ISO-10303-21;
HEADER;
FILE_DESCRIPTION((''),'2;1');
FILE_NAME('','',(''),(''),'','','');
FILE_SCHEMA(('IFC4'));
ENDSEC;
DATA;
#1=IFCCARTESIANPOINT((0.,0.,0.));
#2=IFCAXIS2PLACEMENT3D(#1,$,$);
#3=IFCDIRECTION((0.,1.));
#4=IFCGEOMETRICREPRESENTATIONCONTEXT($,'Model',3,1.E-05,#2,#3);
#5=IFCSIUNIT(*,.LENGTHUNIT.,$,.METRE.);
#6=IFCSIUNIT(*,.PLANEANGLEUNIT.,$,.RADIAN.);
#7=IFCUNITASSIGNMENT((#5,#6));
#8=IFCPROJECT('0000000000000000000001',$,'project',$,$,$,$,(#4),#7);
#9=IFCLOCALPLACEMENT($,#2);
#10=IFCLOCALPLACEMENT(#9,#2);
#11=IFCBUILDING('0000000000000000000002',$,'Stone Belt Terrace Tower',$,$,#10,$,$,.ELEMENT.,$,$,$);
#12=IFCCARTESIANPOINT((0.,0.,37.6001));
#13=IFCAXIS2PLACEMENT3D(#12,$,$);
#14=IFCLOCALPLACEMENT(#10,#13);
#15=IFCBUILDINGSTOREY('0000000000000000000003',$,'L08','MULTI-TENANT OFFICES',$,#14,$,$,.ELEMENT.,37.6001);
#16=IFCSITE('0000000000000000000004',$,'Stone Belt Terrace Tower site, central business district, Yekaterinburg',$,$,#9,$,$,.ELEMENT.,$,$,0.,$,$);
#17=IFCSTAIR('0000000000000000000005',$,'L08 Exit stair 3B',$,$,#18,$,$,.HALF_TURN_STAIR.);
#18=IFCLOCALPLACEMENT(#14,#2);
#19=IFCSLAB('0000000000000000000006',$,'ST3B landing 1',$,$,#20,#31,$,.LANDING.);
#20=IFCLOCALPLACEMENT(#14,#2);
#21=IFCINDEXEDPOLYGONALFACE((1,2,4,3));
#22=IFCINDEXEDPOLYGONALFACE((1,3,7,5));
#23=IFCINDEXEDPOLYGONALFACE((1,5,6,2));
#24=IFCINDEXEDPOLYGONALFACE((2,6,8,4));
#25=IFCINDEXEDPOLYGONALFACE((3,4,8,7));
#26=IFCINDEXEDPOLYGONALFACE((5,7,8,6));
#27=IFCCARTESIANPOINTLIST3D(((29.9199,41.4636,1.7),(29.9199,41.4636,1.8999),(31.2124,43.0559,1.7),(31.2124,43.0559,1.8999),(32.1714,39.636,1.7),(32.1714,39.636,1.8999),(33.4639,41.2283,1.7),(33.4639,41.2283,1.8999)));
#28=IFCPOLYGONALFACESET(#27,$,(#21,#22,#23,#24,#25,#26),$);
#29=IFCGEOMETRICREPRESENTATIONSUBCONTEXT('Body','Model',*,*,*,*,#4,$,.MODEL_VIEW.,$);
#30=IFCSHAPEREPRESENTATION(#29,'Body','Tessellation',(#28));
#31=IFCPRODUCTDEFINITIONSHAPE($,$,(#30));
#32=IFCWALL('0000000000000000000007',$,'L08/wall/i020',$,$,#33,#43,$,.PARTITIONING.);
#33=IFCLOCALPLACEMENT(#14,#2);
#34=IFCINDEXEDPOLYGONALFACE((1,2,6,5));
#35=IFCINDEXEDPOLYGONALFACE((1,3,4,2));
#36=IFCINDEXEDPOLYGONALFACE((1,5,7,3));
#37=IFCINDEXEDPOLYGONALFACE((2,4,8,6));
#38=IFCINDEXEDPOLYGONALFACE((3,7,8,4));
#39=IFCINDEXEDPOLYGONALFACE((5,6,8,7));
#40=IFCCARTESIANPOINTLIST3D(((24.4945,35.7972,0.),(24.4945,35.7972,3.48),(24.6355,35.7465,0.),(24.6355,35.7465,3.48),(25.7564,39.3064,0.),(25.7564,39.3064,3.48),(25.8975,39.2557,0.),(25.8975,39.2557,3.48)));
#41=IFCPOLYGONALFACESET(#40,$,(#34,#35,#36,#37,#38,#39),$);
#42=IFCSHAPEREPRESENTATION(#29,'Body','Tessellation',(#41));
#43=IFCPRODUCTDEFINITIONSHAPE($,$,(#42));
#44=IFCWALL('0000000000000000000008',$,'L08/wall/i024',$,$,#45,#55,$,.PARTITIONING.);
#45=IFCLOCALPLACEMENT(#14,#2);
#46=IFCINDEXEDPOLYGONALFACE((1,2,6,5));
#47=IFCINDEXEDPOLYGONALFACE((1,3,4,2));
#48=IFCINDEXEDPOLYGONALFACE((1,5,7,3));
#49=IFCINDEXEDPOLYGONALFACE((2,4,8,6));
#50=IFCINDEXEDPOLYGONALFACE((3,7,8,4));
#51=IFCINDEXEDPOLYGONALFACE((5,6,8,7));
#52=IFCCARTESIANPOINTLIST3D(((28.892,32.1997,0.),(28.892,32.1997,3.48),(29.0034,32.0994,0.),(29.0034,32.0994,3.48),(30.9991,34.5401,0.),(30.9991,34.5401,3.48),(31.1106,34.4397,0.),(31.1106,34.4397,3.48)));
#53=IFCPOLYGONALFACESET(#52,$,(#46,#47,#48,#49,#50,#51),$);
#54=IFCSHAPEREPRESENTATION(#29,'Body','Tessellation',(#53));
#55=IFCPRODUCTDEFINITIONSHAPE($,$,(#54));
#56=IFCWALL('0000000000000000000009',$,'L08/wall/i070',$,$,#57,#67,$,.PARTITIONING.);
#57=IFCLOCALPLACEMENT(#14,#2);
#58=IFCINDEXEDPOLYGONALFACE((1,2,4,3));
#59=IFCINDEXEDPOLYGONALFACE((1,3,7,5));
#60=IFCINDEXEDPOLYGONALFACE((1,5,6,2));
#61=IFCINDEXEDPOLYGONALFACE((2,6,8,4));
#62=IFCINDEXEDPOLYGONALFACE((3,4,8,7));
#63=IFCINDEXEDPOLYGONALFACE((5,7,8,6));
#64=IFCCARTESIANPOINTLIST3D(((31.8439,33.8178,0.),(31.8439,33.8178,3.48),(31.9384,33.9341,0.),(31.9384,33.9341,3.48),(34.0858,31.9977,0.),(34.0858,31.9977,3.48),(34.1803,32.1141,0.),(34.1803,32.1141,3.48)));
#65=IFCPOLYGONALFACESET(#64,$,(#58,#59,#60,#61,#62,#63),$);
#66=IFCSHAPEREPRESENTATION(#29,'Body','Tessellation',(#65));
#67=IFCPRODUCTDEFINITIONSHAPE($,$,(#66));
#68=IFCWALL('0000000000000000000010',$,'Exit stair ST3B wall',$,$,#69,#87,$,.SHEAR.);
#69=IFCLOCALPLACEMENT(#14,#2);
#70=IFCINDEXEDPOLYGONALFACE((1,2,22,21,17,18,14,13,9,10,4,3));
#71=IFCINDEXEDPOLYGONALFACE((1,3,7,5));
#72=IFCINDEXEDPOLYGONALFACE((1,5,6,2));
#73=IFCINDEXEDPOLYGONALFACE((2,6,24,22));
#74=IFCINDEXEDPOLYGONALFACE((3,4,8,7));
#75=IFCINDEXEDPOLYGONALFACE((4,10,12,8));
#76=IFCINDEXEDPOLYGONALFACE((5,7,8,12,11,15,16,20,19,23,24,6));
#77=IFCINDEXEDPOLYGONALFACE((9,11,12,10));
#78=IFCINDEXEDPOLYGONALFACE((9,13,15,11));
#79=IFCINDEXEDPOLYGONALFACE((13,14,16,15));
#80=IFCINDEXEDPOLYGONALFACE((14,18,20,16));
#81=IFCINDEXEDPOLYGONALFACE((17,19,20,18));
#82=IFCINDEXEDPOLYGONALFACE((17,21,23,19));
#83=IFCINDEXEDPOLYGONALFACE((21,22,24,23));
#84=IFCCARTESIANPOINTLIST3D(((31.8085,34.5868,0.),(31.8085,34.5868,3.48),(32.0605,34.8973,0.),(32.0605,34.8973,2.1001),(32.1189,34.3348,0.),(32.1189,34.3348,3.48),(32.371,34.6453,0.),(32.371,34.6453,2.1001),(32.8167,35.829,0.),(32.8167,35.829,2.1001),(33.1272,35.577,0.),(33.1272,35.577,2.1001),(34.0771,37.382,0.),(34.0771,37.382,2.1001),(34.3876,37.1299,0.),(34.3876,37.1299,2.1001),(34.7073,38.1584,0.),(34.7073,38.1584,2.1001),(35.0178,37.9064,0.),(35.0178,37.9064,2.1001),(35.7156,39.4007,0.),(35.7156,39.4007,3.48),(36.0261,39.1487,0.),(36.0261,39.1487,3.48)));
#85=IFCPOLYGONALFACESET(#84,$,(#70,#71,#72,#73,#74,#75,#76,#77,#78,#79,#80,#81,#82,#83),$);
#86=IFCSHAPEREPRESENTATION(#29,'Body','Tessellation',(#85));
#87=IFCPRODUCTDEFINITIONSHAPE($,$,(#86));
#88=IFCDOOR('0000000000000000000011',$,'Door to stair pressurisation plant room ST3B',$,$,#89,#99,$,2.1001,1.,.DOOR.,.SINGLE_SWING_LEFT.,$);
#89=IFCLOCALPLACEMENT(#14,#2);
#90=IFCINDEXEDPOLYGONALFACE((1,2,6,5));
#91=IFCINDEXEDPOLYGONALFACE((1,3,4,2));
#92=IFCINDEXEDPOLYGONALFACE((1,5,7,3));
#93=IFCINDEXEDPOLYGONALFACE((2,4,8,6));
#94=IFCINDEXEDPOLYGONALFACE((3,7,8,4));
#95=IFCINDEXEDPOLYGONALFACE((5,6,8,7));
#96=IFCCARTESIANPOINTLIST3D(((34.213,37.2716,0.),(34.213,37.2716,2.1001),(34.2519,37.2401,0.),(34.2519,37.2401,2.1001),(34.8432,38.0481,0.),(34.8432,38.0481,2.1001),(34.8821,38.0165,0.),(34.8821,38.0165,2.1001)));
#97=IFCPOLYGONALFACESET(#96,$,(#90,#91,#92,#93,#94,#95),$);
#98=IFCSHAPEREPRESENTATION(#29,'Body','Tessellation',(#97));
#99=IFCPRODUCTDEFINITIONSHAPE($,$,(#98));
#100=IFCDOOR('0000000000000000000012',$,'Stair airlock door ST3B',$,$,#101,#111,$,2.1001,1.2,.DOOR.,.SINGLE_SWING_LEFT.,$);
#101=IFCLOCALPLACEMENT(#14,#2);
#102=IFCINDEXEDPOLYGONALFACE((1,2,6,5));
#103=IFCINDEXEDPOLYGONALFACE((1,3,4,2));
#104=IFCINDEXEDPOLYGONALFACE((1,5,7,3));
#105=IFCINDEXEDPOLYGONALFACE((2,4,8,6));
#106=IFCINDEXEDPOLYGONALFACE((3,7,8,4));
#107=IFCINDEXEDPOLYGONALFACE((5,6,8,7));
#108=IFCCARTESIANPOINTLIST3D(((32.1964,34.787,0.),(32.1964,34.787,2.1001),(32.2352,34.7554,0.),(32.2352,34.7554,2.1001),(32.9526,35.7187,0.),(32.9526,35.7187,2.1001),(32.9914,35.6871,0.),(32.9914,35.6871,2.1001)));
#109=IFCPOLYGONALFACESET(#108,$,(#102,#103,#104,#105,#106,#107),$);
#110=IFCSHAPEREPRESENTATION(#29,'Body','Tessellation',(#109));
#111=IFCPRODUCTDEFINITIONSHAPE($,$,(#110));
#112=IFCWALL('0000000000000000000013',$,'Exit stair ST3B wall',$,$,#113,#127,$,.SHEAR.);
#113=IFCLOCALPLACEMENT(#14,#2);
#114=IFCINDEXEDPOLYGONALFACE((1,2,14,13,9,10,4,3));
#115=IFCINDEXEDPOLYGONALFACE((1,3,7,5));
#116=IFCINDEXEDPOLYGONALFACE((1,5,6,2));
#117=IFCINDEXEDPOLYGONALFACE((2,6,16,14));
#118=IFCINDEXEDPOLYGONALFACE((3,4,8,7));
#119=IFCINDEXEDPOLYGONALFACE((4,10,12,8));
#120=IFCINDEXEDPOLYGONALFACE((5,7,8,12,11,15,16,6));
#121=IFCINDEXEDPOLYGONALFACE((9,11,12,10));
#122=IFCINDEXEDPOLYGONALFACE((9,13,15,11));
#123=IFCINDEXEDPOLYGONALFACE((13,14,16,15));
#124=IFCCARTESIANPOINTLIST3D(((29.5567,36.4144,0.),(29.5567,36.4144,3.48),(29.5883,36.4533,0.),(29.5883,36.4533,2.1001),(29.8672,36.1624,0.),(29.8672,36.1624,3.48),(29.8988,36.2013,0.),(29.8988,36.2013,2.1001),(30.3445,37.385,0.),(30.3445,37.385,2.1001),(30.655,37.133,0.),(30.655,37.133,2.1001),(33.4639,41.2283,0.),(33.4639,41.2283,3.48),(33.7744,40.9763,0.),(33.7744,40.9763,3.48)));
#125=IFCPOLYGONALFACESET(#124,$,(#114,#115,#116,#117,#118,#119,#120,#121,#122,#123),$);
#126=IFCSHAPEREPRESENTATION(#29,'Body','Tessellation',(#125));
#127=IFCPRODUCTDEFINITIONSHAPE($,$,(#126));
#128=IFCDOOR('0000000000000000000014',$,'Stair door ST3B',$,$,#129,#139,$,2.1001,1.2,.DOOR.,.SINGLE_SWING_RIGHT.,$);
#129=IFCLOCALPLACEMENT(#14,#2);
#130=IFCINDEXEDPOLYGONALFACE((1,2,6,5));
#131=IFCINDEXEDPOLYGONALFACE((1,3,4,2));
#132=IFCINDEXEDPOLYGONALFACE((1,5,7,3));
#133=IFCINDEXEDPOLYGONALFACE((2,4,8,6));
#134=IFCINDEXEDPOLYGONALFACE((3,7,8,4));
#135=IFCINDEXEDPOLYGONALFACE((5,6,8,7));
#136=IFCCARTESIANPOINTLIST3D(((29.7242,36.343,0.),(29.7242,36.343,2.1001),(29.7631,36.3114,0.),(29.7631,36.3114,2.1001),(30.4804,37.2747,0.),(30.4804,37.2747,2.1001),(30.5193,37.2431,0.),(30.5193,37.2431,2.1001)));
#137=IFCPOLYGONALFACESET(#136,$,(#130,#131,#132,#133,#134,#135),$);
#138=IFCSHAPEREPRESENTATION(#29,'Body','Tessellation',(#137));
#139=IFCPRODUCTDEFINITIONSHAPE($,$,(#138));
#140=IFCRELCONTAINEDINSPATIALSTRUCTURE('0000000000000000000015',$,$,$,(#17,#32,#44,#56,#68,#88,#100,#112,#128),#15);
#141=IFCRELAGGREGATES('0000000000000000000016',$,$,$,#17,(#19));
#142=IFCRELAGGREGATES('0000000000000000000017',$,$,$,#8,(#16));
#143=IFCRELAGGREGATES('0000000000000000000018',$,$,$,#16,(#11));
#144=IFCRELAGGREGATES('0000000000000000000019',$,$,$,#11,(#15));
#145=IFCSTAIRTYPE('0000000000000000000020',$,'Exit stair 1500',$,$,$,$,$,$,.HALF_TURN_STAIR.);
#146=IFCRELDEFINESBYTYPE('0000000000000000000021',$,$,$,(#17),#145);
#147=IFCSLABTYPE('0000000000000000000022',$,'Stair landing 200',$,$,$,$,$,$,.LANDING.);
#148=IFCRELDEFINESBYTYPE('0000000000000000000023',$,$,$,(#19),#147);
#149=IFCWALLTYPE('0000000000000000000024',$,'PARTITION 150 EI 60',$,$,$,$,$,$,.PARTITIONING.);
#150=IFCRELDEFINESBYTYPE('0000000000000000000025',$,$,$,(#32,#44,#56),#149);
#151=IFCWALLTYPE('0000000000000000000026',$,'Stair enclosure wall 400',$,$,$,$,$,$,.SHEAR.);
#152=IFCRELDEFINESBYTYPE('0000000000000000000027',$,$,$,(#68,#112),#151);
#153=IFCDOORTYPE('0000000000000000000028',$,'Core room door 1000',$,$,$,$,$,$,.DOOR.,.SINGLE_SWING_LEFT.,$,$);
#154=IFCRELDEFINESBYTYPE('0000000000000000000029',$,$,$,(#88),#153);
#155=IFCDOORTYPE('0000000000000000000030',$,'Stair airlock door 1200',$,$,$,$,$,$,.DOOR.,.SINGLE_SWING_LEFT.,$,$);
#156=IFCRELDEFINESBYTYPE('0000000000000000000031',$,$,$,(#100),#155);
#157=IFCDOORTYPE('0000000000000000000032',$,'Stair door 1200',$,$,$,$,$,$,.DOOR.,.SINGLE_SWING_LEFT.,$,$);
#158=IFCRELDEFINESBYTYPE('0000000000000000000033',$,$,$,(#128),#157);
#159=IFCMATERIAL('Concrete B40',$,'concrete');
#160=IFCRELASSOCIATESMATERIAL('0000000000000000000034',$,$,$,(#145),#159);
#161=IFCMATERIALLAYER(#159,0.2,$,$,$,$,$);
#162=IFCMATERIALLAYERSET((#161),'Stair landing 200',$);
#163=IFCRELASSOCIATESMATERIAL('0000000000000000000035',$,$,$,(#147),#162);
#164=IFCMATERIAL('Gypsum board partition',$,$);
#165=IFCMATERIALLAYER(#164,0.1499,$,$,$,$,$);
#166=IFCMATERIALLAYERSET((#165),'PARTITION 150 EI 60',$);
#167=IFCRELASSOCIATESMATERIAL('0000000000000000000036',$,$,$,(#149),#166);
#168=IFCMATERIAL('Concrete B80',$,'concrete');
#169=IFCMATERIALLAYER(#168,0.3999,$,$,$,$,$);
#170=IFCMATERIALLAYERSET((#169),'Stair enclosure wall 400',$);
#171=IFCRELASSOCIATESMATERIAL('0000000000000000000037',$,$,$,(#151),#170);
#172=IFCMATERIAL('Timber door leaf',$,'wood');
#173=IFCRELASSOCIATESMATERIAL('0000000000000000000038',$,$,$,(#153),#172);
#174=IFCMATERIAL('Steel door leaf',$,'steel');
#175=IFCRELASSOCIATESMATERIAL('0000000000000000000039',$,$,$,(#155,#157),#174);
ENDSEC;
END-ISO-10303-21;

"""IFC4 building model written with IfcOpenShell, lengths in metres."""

from ifc_helpers import new_model, si_unit, direction, frame, frame_2d, origin, place, context, subcontext, project, spatial, polyline, rectangle, outline, extrude, material, layer, layer_set, type_object, element, fill, aggregate, save


model = new_model("IFC4")

# Units and contexts
model_context = context("Model", 3, precision=1e-05, world=origin(), true_north=direction((0.0, 1.0)))
body_context = subcontext(model_context, "Body", "Model", "MODEL_VIEW")
ifc_project = project(units=[si_unit("LENGTHUNIT", "METRE"), si_unit("PLANEANGLEUNIT", "RADIAN")], contexts=[model_context])

# Site, building, storey
site_placement = place(None, origin())
site = spatial("IfcSite", under=ifc_project, at=site_placement, Name="Stone Belt Terrace Tower site, central business district, Yekaterinburg", CompositionType="ELEMENT", RefElevation=0.0)
building_placement = place(site_placement, origin())
building = spatial("IfcBuilding", under=site, at=building_placement, Name="Stone Belt Terrace Tower", CompositionType="ELEMENT")
storey_placement = place(building_placement, frame((0.0, 0.0, 37.6001)))
storey = spatial("IfcBuildingStorey", under=building, at=storey_placement, Name="L08", Description="MULTI-TENANT OFFICES", CompositionType="ELEMENT", Elevation=37.6001)

# Shared definitions
ifc_material_1 = material(Name="Concrete B80", Category="concrete")

# Shared definitions
ifc_material_2 = material(Name="Concrete B40", Category="concrete")

# Stair, slab
stair_type = type_object("IfcStairType", Name="Exit stair 1500", PredefinedType="HALF_TURN_STAIR", material=ifc_material_2)
ifc_layer_1 = layer(ifc_material_2, 0.2)
ifc_layer_set_1 = layer_set([ifc_layer_1], Name="Stair landing 200")
slab_type_1 = type_object("IfcSlabType", Name="Stair landing 200", PredefinedType="LANDING", material=ifc_layer_set_1)
stair_1_placement = place(storey_placement, origin())
stair_1 = element("IfcStair", 1, at=stair_1_placement, inside=storey, type_object=stair_type, Name="L08 Exit stair 3B", PredefinedType="HALF_TURN_STAIR")
slab_1_placement = place(storey_placement, frame((0.0, 0.0, 1.7)))
slab_1 = element("IfcSlab", 2, at=slab_1_placement, type_object=slab_type_1, Name="ST3B landing 1", PredefinedType="LANDING", context=body_context, shape_type="SweptSolid", body=[
    extrude(outline(polyline([(32.1714, 39.636), (33.4639, 41.2283), (31.2124, 43.0559), (29.9199, 41.4636), (32.1714, 39.636)])), origin(), (0.0, 0.0, 1.0), 0.2),
])
aggregate(stair_1, [slab_1])

# Walls
ifc_material_3 = material(Name="Gypsum board partition")
ifc_layer_2 = layer(ifc_material_3, 0.1499)
ifc_layer_set_2 = layer_set([ifc_layer_2], Name="PARTITION 150 EI 60")
wall_type_1 = type_object("IfcWallType", Name="PARTITION 150 EI 60", PredefinedType="PARTITIONING", material=ifc_layer_set_2)
wall_1_placement = place(storey_placement, frame((24.5649, 35.7717, 0.0), z_axis=(0.0, 0.0, 1.0), x_axis=(0.338393, 0.941005, 0.0)))
element("IfcWall", 3, at=wall_1_placement, inside=storey, type_object=wall_type_1, Name="L08/wall/i020", PredefinedType="PARTITIONING", context=body_context, shape_type="SweptSolid", body=[
    extrude(rectangle(XDim=3.7292, YDim=0.1499, at=frame_2d((1.8647, 0.0))), origin(), (0.0, 0.0, 1.0), 3.48),
])
wall_2_placement = place(storey_placement, frame((31.0549, 34.49, 0.0), z_axis=(0.0, 0.0, 1.0), x_axis=(-0.669119, -0.743155, 0.0)))
element("IfcWall", 4, at=wall_2_placement, inside=storey, type_object=wall_type_1, Name="L08/wall/i024", PredefinedType="PARTITIONING", context=body_context, shape_type="SweptSolid", body=[
    extrude(rectangle(XDim=3.1492, YDim=0.1499, at=frame_2d((1.5747, 0.0))), origin(), (0.0, 0.0, 1.0), 3.48),
])
wall_3_placement = place(storey_placement, frame((34.1331, 32.0559, 0.0), z_axis=(0.0, 0.0, 1.0), x_axis=(-0.77637, 0.630277, 0.0)))
element("IfcWall", 5, at=wall_3_placement, inside=storey, type_object=wall_type_1, Name="L08/wall/i070", PredefinedType="PARTITIONING", context=body_context, shape_type="SweptSolid", body=[
    extrude(rectangle(XDim=2.8877, YDim=0.1499, at=frame_2d((1.4438, 0.0))), origin(), (0.0, 0.0, 1.0), 3.48),
])

# Wall, openings, doors
ifc_layer_3 = layer(ifc_material_1, 0.3999)
ifc_layer_set_3 = layer_set([ifc_layer_3], Name="Stair enclosure wall 400")
wall_type_2 = type_object("IfcWallType", Name="Stair enclosure wall 400", PredefinedType="SHEAR", material=ifc_layer_set_3)
wall_4_placement = place(storey_placement, frame((31.9636, 34.4607, 0.0), z_axis=(0.0, 0.0, 1.0), x_axis=(0.630192, 0.776439, 0.0)))
wall_4 = element("IfcWall", 6, at=wall_4_placement, inside=storey, type_object=wall_type_2, Name="Exit stair ST3B wall", PredefinedType="SHEAR", context=body_context, shape_type="SweptSolid", body=[
    extrude(rectangle(XDim=6.2, YDim=0.3999, at=frame_2d((3.1001, 0.0))), origin(), (0.0, 0.0, 1.0), 3.48),
])
opening_1_placement = place(wall_4_placement, frame((0.3999, 0.0, 0.0)))
opening_1 = element("IfcOpeningElement", 7, at=opening_1_placement, cuts=wall_4, PredefinedType="OPENING", context=body_context, shape_type="SweptSolid", body=[
    extrude(rectangle(XDim=1.2, YDim=2.1001, at=frame_2d((0.6001, 1.05))), frame((0.0, 0.21, 0.0), z_axis=(0.0, -1.0, 0.0), x_axis=(1.0, 0.0, 0.0)), (0.0, 0.0, 1.0), 0.4199),
])
opening_2_placement = place(wall_4_placement, frame((3.6001, 0.0, 0.0)))
opening_2 = element("IfcOpeningElement", 8, at=opening_2_placement, cuts=wall_4, PredefinedType="OPENING", context=body_context, shape_type="SweptSolid", body=[
    extrude(rectangle(XDim=1.0, YDim=2.1001, at=frame_2d((0.5, 1.05))), frame((0.0, 0.21, 0.0), z_axis=(0.0, -1.0, 0.0), x_axis=(1.0, 0.0, 0.0)), (0.0, 0.0, 1.0), 0.4199),
])
ifc_material_4 = material(Name="Timber door leaf", Category="wood")
door_type_1 = type_object("IfcDoorType", Name="Core room door 1000", OperationType="SINGLE_SWING_LEFT", PredefinedType="DOOR", material=ifc_material_4)
door_1_placement = place(opening_2_placement, origin())
door_1 = element("IfcDoor", 9, at=door_1_placement, inside=storey, type_object=door_type_1, Name="Door to stair pressurisation plant room ST3B", OperationType="SINGLE_SWING_LEFT", OverallHeight=2.1001, OverallWidth=1.0, PredefinedType="DOOR", context=body_context, shape_type="SweptSolid", body=[
    extrude(rectangle(XDim=1.0, YDim=2.1001, at=frame_2d((0.5, 1.05))), frame((0.0, 0.0249, 0.0), z_axis=(0.0, -1.0, 0.0), x_axis=(1.0, 0.0, 0.0)), (0.0, 0.0, 1.0), 0.05),
])
fill(opening_2, door_1)
ifc_material_5 = material(Name="Steel door leaf", Category="steel")
door_type_2 = type_object("IfcDoorType", Name="Stair airlock door 1200", OperationType="SINGLE_SWING_LEFT", PredefinedType="DOOR", material=ifc_material_5)
door_2_placement = place(opening_1_placement, origin())
door_2 = element("IfcDoor", 10, at=door_2_placement, inside=storey, type_object=door_type_2, Name="Stair airlock door ST3B", OperationType="SINGLE_SWING_LEFT", OverallHeight=2.1001, OverallWidth=1.2, PredefinedType="DOOR", context=body_context, shape_type="SweptSolid", body=[
    extrude(rectangle(XDim=1.2, YDim=2.1001, at=frame_2d((0.6001, 1.05))), frame((0.0, 0.0249, 0.0), z_axis=(0.0, -1.0, 0.0), x_axis=(1.0, 0.0, 0.0)), (0.0, 0.0, 1.0), 0.05),
])
fill(opening_1, door_2)

# Wall, opening, door
wall_5_placement = place(storey_placement, frame((29.7119, 36.2883, 0.0), z_axis=(0.0, 0.0, 1.0), x_axis=(0.630192, 0.776439, 0.0)))
wall_5 = element("IfcWall", 11, at=wall_5_placement, inside=storey, type_object=wall_type_2, Name="Exit stair ST3B wall", PredefinedType="SHEAR", context=body_context, shape_type="SweptSolid", body=[
    extrude(rectangle(XDim=6.2, YDim=0.3999, at=frame_2d((3.1001, 0.0))), origin(), (0.0, 0.0, 1.0), 3.48),
])
opening_3_placement = place(wall_5_placement, frame((0.05, 0.0, 0.0)))
opening_3 = element("IfcOpeningElement", 12, at=opening_3_placement, cuts=wall_5, PredefinedType="OPENING", context=body_context, shape_type="SweptSolid", body=[
    extrude(rectangle(XDim=1.2, YDim=2.1001, at=frame_2d((0.6001, 1.05))), frame((0.0, 0.21, 0.0), z_axis=(0.0, -1.0, 0.0), x_axis=(1.0, 0.0, 0.0)), (0.0, 0.0, 1.0), 0.4199),
])
door_type_3 = type_object("IfcDoorType", Name="Stair door 1200", OperationType="SINGLE_SWING_LEFT", PredefinedType="DOOR", material=ifc_material_5)
door_3_placement = place(opening_3_placement, origin())
door_3 = element("IfcDoor", 13, at=door_3_placement, inside=storey, type_object=door_type_3, Name="Stair door ST3B", OperationType="SINGLE_SWING_RIGHT", OverallHeight=2.1001, OverallWidth=1.2, PredefinedType="DOOR", context=body_context, shape_type="SweptSolid", body=[
    extrude(rectangle(XDim=1.2, YDim=2.1001, at=frame_2d((0.6001, 1.05))), frame((0.0, 0.0249, 0.0), z_axis=(0.0, -1.0, 0.0), x_axis=(1.0, 0.0, 0.0)), (0.0, 0.0, 1.0), 0.05),
])
fill(opening_3, door_3)

save(model, "model.ifc")
